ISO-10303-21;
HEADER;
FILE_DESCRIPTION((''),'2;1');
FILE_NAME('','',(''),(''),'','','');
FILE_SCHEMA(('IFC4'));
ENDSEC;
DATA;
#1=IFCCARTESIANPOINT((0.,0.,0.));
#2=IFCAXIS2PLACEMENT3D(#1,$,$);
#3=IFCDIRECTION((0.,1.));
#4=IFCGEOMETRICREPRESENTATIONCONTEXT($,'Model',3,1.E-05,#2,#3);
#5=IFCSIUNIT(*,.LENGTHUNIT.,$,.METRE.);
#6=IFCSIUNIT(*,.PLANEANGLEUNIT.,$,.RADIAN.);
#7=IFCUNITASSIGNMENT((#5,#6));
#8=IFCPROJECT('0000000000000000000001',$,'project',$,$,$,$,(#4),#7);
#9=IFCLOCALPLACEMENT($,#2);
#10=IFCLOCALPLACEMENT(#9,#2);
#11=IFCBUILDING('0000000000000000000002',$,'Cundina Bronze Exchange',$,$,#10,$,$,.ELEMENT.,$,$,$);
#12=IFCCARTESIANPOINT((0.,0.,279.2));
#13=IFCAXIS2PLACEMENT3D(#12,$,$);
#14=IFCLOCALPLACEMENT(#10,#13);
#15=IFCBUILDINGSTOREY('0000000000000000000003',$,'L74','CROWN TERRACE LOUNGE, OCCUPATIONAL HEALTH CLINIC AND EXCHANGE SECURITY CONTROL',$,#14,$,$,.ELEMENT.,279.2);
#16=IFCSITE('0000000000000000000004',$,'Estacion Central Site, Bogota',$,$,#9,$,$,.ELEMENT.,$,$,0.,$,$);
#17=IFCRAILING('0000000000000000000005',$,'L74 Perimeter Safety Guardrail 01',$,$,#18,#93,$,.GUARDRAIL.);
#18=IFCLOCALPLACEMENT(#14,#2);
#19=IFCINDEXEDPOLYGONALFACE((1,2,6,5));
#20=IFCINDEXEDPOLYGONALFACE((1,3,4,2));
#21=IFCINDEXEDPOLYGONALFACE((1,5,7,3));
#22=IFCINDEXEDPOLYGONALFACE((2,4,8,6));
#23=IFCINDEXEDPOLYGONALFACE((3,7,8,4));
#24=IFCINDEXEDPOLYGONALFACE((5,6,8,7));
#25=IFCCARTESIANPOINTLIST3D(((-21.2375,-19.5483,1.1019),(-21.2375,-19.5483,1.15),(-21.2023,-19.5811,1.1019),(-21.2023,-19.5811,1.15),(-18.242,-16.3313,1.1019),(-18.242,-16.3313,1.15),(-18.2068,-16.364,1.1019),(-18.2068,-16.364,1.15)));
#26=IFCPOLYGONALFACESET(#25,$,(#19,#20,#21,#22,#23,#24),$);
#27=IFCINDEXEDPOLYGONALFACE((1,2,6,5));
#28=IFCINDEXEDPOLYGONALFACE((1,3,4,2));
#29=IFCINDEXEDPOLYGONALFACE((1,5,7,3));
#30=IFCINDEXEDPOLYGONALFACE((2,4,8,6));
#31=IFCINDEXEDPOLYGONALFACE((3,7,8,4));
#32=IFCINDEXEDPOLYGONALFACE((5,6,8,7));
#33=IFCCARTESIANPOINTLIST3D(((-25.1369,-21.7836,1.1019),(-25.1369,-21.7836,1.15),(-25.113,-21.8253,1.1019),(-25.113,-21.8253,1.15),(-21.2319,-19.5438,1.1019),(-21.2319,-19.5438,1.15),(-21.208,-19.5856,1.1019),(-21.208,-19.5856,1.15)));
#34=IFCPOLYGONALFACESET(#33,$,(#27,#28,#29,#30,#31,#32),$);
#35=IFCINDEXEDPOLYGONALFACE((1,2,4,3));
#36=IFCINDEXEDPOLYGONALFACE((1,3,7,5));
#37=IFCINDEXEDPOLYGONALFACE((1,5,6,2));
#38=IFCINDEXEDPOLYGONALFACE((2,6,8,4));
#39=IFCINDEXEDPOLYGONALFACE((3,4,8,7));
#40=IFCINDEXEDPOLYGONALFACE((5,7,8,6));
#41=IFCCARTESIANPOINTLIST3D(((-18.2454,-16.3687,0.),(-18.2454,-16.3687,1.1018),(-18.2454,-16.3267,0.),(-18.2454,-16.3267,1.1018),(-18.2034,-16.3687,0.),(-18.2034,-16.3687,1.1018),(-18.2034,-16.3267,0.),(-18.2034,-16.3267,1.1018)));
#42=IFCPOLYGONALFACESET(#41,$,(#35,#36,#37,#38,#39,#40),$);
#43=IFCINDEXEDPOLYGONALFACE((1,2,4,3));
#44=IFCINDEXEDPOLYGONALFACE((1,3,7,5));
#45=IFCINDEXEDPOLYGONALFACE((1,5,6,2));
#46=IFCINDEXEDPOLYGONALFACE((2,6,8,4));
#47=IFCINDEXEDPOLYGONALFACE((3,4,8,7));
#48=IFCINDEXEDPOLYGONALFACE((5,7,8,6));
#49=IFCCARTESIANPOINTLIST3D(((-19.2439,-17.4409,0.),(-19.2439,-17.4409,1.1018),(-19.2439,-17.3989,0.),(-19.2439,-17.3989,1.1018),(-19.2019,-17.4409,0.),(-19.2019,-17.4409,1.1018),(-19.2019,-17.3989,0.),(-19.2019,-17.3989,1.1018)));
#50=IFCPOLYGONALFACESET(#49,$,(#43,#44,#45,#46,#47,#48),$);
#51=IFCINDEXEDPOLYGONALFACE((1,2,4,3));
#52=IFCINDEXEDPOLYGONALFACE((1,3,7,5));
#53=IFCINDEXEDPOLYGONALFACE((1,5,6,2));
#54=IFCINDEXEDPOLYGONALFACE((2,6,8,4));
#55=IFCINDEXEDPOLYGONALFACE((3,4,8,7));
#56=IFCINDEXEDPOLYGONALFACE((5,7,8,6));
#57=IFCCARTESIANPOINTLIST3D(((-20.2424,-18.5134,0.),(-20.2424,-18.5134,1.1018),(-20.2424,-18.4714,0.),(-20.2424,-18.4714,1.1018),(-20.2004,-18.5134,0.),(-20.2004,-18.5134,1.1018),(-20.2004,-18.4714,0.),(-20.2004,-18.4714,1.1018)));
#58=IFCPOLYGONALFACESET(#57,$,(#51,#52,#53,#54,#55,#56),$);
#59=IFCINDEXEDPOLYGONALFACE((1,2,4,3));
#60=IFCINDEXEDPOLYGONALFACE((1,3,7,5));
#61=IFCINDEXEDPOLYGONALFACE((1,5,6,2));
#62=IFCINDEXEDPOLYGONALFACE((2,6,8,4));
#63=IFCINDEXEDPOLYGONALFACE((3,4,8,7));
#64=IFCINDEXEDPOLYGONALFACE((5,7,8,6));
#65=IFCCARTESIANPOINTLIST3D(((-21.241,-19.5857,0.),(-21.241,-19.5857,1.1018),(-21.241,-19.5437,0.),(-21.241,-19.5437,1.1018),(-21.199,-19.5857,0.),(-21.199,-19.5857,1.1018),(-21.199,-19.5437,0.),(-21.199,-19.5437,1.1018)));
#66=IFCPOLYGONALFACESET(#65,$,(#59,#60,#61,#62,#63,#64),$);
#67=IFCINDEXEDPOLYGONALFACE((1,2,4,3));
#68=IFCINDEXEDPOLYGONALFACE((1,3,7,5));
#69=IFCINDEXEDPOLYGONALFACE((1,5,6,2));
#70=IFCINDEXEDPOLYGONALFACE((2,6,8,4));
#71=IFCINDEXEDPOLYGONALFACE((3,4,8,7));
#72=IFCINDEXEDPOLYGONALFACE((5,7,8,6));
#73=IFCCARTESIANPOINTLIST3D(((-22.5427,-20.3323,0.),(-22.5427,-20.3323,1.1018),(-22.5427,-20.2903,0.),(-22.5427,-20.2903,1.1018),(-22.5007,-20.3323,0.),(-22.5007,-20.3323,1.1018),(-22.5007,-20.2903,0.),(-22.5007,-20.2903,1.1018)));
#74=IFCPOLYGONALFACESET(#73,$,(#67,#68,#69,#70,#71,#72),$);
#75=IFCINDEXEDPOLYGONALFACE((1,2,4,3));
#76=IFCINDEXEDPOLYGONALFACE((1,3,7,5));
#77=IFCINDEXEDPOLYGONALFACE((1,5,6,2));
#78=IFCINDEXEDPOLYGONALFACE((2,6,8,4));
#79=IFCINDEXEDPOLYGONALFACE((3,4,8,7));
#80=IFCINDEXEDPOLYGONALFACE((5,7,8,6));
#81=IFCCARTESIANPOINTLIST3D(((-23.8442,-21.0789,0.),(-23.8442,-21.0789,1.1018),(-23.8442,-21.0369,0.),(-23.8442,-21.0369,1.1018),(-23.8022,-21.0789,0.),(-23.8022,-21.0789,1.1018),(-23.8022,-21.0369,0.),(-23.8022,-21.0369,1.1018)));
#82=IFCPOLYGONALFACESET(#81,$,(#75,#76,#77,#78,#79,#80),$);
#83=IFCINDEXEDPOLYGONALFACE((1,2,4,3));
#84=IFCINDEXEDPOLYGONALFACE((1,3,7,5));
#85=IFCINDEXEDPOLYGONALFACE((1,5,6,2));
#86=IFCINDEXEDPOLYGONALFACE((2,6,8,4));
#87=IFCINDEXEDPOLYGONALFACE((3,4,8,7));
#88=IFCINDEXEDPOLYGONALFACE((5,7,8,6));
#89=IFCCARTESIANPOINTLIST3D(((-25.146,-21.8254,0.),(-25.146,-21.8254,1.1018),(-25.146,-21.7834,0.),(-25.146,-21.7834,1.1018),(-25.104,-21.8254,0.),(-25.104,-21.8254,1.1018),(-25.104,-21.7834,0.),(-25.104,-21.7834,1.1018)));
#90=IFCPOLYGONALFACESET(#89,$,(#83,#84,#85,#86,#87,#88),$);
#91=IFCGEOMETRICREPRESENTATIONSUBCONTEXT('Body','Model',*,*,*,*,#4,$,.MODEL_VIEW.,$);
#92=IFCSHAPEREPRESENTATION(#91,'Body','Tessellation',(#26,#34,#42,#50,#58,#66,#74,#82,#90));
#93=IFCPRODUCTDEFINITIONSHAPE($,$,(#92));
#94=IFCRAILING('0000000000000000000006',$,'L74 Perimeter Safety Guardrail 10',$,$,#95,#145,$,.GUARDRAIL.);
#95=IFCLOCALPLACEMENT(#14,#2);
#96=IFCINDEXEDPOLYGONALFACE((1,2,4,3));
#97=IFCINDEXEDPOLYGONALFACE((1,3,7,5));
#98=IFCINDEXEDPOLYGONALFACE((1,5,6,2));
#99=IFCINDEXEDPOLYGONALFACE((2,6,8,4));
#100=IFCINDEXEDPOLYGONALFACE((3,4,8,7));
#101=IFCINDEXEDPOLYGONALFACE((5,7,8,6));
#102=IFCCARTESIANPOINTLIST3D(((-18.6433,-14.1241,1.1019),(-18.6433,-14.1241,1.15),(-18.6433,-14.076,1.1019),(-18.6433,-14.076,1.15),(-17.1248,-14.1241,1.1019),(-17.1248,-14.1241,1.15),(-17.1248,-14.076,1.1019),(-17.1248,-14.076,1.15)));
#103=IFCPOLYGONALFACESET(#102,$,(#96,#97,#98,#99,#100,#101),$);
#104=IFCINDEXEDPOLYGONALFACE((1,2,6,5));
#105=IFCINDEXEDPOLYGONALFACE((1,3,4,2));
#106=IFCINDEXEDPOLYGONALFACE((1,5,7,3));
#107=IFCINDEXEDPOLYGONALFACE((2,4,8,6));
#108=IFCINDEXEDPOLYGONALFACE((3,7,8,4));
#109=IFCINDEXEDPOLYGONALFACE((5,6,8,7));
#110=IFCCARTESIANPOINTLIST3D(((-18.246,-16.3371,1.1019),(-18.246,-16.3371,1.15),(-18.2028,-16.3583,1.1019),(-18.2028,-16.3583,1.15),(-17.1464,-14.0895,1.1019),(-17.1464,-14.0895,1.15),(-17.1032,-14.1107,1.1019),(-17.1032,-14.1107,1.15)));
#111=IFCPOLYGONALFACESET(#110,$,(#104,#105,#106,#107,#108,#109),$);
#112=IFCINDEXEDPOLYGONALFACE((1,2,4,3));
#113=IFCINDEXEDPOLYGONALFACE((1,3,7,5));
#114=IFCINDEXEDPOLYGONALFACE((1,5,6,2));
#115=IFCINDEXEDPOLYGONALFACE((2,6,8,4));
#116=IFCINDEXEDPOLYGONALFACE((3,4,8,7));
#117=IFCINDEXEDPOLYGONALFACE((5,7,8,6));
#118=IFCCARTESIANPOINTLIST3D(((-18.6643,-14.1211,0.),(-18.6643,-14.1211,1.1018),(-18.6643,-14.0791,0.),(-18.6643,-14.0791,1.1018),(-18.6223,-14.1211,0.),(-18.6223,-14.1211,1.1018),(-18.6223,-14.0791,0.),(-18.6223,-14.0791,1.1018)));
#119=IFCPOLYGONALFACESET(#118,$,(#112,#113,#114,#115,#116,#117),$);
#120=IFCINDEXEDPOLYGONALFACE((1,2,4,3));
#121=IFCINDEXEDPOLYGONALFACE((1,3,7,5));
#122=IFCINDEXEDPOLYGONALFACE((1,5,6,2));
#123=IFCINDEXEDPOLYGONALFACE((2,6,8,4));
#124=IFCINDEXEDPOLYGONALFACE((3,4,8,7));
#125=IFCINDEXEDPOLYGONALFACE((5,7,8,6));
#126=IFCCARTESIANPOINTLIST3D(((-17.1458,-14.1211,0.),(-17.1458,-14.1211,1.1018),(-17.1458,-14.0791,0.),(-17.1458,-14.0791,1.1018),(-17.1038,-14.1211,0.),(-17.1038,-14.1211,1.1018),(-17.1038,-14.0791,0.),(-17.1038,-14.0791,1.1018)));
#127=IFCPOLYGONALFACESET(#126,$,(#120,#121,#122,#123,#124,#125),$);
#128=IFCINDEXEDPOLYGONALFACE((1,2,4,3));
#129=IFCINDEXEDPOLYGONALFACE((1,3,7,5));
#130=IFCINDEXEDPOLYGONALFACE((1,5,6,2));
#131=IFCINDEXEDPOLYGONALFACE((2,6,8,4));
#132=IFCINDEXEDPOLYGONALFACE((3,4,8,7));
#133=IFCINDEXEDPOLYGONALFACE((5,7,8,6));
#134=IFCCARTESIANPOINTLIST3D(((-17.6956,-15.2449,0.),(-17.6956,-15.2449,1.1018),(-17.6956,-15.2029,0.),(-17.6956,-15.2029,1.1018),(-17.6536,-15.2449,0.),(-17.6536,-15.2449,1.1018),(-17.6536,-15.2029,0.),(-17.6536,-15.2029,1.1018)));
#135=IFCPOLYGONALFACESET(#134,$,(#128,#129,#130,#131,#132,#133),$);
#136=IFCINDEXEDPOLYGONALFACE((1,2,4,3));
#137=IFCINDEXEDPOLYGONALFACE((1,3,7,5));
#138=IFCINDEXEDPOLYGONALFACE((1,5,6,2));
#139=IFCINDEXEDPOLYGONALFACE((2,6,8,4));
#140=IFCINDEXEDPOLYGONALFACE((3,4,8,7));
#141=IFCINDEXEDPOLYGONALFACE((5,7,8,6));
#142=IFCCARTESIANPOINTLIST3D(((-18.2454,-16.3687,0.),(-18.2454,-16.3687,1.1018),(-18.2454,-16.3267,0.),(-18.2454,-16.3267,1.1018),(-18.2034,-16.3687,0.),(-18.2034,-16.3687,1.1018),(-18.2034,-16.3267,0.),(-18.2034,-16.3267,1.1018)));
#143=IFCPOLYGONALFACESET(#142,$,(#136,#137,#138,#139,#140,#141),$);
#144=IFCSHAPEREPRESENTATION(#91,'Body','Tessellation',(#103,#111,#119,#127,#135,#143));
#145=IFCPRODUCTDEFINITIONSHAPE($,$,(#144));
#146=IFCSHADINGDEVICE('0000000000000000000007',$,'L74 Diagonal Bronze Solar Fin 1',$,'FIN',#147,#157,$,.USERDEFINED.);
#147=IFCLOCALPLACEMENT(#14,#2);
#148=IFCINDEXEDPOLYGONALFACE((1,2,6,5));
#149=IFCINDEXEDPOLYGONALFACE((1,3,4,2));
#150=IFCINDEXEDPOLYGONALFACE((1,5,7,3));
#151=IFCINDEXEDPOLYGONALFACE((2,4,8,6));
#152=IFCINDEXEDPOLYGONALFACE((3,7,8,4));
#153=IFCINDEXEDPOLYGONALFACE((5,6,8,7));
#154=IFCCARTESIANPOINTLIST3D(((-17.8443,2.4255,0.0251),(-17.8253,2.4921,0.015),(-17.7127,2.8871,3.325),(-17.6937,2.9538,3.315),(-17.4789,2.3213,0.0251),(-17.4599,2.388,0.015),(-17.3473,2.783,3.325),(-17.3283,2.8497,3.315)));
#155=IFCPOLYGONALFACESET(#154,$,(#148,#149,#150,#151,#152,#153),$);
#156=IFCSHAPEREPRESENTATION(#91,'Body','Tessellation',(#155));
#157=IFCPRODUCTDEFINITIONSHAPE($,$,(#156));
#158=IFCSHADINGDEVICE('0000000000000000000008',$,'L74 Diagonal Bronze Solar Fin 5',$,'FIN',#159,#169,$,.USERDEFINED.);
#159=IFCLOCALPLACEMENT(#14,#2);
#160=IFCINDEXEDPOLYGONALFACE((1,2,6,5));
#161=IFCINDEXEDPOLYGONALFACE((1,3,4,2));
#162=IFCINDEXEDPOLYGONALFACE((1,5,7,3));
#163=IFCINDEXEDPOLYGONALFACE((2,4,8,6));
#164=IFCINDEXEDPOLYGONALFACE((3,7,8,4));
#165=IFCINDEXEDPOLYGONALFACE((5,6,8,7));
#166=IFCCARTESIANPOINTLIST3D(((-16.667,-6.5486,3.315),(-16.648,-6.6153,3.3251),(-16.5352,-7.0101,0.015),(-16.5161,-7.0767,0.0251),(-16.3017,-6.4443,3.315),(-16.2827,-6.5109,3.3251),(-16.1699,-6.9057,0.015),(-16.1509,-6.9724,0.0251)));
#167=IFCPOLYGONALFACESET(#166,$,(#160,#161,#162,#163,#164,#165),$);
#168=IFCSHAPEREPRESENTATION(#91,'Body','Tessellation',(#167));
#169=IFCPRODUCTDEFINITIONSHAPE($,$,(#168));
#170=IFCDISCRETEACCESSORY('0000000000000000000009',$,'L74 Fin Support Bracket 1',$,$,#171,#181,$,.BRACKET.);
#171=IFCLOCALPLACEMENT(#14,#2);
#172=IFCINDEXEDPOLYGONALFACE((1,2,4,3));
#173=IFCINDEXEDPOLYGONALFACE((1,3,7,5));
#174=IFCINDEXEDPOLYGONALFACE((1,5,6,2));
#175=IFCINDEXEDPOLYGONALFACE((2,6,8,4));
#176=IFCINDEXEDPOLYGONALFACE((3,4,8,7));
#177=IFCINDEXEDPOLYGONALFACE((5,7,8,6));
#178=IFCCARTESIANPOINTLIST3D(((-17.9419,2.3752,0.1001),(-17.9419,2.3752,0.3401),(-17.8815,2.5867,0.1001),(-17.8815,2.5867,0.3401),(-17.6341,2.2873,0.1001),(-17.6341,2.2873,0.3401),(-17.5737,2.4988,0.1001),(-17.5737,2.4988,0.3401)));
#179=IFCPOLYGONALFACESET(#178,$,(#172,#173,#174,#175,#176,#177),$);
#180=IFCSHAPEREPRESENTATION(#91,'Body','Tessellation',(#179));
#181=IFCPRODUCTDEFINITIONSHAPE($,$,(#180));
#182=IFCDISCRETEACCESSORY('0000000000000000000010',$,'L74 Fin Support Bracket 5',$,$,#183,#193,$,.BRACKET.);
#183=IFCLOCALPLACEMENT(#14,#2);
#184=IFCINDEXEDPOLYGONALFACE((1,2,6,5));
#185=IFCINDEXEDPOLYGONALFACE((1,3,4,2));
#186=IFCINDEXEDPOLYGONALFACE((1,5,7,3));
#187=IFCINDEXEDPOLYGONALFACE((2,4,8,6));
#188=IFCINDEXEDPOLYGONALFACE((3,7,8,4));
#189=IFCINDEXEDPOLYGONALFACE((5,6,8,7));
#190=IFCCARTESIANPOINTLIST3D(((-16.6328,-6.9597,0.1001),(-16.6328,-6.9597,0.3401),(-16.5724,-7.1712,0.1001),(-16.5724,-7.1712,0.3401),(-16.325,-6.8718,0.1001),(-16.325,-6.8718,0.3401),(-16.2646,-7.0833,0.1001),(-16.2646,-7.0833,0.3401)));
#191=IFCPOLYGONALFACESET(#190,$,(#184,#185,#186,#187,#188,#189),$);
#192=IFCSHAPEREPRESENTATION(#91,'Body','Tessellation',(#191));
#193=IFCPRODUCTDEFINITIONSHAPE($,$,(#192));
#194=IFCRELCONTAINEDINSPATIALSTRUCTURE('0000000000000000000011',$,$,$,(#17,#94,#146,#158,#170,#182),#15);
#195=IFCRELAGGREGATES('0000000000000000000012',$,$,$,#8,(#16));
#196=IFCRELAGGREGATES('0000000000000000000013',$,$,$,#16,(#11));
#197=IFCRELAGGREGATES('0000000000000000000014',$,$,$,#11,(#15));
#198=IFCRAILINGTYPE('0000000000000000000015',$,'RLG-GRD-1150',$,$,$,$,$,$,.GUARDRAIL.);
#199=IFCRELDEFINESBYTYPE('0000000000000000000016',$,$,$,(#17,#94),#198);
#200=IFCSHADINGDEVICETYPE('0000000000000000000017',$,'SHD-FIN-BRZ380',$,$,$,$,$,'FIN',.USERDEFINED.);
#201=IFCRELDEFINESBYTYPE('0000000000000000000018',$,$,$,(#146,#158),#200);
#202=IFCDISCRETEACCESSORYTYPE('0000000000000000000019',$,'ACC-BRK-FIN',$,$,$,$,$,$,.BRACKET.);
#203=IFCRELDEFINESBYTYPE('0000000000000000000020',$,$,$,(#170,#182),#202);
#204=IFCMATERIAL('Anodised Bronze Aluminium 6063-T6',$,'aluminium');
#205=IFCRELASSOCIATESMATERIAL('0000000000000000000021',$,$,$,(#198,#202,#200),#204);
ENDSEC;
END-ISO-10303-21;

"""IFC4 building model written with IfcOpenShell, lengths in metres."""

from ifc_helpers import new_model, si_unit, direction, frame, origin, origin_2d, place, context, subcontext, project, spatial, rectangle, extrude, material, material_profile, profile_set, type_object, element, save


model = new_model("IFC4")

# Units and contexts
model_context = context("Model", 3, precision=1e-05, world=origin(), true_north=direction((0.0, 1.0)))
body_context = subcontext(model_context, "Body", "Model", "MODEL_VIEW")
ifc_project = project(units=[si_unit("LENGTHUNIT", "METRE"), si_unit("PLANEANGLEUNIT", "RADIAN")], contexts=[model_context])

# Site, building, storey
site_placement = place(None, origin())
site = spatial("IfcSite", under=ifc_project, at=site_placement, Name="Estacion Central Site, Bogota", CompositionType="ELEMENT", RefElevation=0.0)
building_placement = place(site_placement, origin())
building = spatial("IfcBuilding", under=site, at=building_placement, Name="Cundina Bronze Exchange", CompositionType="ELEMENT")
storey_placement = place(building_placement, frame((0.0, 0.0, 279.2)))
storey = spatial("IfcBuildingStorey", under=building, at=storey_placement, Name="L74", Description="CROWN TERRACE LOUNGE, OCCUPATIONAL HEALTH CLINIC AND EXCHANGE SECURITY CONTROL", CompositionType="ELEMENT", Elevation=279.2)

# Shared definitions
ifc_material_1 = material(Name="Anodised Bronze Aluminium 6063-T6", Category="aluminium")

# Railings
railing_type = type_object("IfcRailingType", Name="RLG-GRD-1150", PredefinedType="GUARDRAIL", material=ifc_material_1)
railing_1_placement = place(storey_placement, frame((-18.2244, -16.3477, 0.0)))
element("IfcRailing", 1, at=railing_1_placement, inside=storey, type_object=railing_type, Name="L74 Perimeter Safety Guardrail 01", PredefinedType="GUARDRAIL", context=body_context, shape_type="SweptSolid", body=[
    extrude(rectangle(XDim=0.0481, YDim=0.0481, at=origin_2d()), frame((0.0, 0.0, 1.126), z_axis=(-0.681471, -0.731845, 0.0), x_axis=(0.731845, -0.681471, 0.0)), (0.0, 0.0, 1.0), 4.3958),
    extrude(rectangle(XDim=0.0481, YDim=0.0481, at=origin_2d()), frame((-2.9956, -3.217, 1.126), z_axis=(-0.867448, -0.497528, 0.0), x_axis=(0.497528, -0.867448, 0.0)), (0.0, 0.0, 1.0), 4.5017),
    extrude(rectangle(XDim=0.042, YDim=0.042, at=origin_2d()), origin(), (0.0, 0.0, 1.0), 1.1018),
    extrude(rectangle(XDim=0.042, YDim=0.042, at=origin_2d()), frame((-0.9985, -1.0723, 0.0)), (0.0, 0.0, 1.0), 1.1018),
    extrude(rectangle(XDim=0.042, YDim=0.042, at=origin_2d()), frame((-1.9971, -2.1448, 0.0)), (0.0, 0.0, 1.0), 1.1018),
    extrude(rectangle(XDim=0.042, YDim=0.042, at=origin_2d()), frame((-2.9956, -3.217, 0.0)), (0.0, 0.0, 1.0), 1.1018),
    extrude(rectangle(XDim=0.042, YDim=0.042, at=origin_2d()), frame((-4.2974, -3.9636, 0.0)), (0.0, 0.0, 1.0), 1.1018),
    extrude(rectangle(XDim=0.042, YDim=0.042, at=origin_2d()), frame((-5.5989, -4.7102, 0.0)), (0.0, 0.0, 1.0), 1.1018),
    extrude(rectangle(XDim=0.042, YDim=0.042, at=origin_2d()), frame((-6.9006, -5.4568, 0.0)), (0.0, 0.0, 1.0), 1.1018),
])
railing_2_placement = place(storey_placement, frame((-18.6433, -14.1001, 0.0)))
element("IfcRailing", 2, at=railing_2_placement, inside=storey, type_object=railing_type, Name="L74 Perimeter Safety Guardrail 10", PredefinedType="GUARDRAIL", context=body_context, shape_type="SweptSolid", body=[
    extrude(rectangle(XDim=0.0481, YDim=0.0481, at=origin_2d()), frame((0.0, 0.0, 1.126), z_axis=(1.0, 0.0, 0.0), x_axis=(0.0, 1.0, 0.0)), (0.0, 0.0, 1.0), 1.5186),
    extrude(rectangle(XDim=0.0481, YDim=0.0481, at=origin_2d()), frame((1.5186, 0.0, 1.126), z_axis=(-0.439469, -0.898258, 0.0), x_axis=(0.898258, -0.439469, 0.0)), (0.0, 0.0, 1.0), 2.5022),
    extrude(rectangle(XDim=0.042, YDim=0.042, at=origin_2d()), origin(), (0.0, 0.0, 1.0), 1.1018),
    extrude(rectangle(XDim=0.042, YDim=0.042, at=origin_2d()), frame((1.5186, 0.0, 0.0)), (0.0, 0.0, 1.0), 1.1018),
    extrude(rectangle(XDim=0.042, YDim=0.042, at=origin_2d()), frame((0.9688, -1.1238, 0.0)), (0.0, 0.0, 1.0), 1.1018),
    extrude(rectangle(XDim=0.042, YDim=0.042, at=origin_2d()), frame((0.4189, -2.2476, 0.0)), (0.0, 0.0, 1.0), 1.1018),
])

# Shading devices
ifc_material_profile_1 = material_profile(ifc_material_1, rectangle(XDim=0.0701, YDim=0.3799, at=origin_2d()), Name="FIN70X380", Category="aluminium")
ifc_profile_set_1 = profile_set([ifc_material_profile_1], Name="Anodised Bronze Aluminium 6063-T6")
shading_device_type = type_object("IfcShadingDeviceType", Name="SHD-FIN-BRZ380", ElementType="FIN", PredefinedType="USERDEFINED", material=ifc_profile_set_1)
for number, where, z_axis, x_axis, name in (
    (3, (-17.6521, 2.4067, 0.02), (0.03946, 0.138441, 0.989584), (-0.271261, -0.95168, 0.143955), "L74 Diagonal Bronze Solar Fin 1"),
    (4, (-16.343, -6.9912, 0.02), (-0.039534, 0.138369, 0.989591), (0.271862, -0.951516, 0.143905), "L74 Diagonal Bronze Solar Fin 5"),
):
    element("IfcShadingDevice", number, at=place(storey_placement, frame(where, z_axis=z_axis, x_axis=x_axis)), inside=storey, type_object=shading_device_type, Name=name, ObjectType="FIN", PredefinedType="USERDEFINED", context=body_context, shape_type="SweptSolid", body=[
        extrude(rectangle(XDim=0.0701, YDim=0.3799, at=origin_2d()), origin(), (0.0, 0.0, 1.0), 3.3347),
    ])

# Discrete accessories
discrete_accessory_type = type_object("IfcDiscreteAccessoryType", Name="ACC-BRK-FIN", PredefinedType="BRACKET", material=ifc_material_1)
for number, where, z_axis, x_axis, name in (
    (5, (-17.7578, 2.437, 0.1001), (0.0, 0.0, 1.0), (0.274563, 0.961569, 0.0), "L74 Fin Support Bracket 1"),
    (6, (-16.4487, -7.0215, 0.1001), (0.0, 0.0, 1.0), (-0.274563, 0.961569, 0.0), "L74 Fin Support Bracket 5"),
):
    element("IfcDiscreteAccessory", number, at=place(storey_placement, frame(where, z_axis=z_axis, x_axis=x_axis)), inside=storey, type_object=discrete_accessory_type, Name=name, PredefinedType="BRACKET", context=body_context, shape_type="SweptSolid", body=[
        extrude(rectangle(XDim=0.22, YDim=0.3201, at=origin_2d()), origin(), (0.0, 0.0, 1.0), 0.24),
    ])

save(model, "model.ifc")
